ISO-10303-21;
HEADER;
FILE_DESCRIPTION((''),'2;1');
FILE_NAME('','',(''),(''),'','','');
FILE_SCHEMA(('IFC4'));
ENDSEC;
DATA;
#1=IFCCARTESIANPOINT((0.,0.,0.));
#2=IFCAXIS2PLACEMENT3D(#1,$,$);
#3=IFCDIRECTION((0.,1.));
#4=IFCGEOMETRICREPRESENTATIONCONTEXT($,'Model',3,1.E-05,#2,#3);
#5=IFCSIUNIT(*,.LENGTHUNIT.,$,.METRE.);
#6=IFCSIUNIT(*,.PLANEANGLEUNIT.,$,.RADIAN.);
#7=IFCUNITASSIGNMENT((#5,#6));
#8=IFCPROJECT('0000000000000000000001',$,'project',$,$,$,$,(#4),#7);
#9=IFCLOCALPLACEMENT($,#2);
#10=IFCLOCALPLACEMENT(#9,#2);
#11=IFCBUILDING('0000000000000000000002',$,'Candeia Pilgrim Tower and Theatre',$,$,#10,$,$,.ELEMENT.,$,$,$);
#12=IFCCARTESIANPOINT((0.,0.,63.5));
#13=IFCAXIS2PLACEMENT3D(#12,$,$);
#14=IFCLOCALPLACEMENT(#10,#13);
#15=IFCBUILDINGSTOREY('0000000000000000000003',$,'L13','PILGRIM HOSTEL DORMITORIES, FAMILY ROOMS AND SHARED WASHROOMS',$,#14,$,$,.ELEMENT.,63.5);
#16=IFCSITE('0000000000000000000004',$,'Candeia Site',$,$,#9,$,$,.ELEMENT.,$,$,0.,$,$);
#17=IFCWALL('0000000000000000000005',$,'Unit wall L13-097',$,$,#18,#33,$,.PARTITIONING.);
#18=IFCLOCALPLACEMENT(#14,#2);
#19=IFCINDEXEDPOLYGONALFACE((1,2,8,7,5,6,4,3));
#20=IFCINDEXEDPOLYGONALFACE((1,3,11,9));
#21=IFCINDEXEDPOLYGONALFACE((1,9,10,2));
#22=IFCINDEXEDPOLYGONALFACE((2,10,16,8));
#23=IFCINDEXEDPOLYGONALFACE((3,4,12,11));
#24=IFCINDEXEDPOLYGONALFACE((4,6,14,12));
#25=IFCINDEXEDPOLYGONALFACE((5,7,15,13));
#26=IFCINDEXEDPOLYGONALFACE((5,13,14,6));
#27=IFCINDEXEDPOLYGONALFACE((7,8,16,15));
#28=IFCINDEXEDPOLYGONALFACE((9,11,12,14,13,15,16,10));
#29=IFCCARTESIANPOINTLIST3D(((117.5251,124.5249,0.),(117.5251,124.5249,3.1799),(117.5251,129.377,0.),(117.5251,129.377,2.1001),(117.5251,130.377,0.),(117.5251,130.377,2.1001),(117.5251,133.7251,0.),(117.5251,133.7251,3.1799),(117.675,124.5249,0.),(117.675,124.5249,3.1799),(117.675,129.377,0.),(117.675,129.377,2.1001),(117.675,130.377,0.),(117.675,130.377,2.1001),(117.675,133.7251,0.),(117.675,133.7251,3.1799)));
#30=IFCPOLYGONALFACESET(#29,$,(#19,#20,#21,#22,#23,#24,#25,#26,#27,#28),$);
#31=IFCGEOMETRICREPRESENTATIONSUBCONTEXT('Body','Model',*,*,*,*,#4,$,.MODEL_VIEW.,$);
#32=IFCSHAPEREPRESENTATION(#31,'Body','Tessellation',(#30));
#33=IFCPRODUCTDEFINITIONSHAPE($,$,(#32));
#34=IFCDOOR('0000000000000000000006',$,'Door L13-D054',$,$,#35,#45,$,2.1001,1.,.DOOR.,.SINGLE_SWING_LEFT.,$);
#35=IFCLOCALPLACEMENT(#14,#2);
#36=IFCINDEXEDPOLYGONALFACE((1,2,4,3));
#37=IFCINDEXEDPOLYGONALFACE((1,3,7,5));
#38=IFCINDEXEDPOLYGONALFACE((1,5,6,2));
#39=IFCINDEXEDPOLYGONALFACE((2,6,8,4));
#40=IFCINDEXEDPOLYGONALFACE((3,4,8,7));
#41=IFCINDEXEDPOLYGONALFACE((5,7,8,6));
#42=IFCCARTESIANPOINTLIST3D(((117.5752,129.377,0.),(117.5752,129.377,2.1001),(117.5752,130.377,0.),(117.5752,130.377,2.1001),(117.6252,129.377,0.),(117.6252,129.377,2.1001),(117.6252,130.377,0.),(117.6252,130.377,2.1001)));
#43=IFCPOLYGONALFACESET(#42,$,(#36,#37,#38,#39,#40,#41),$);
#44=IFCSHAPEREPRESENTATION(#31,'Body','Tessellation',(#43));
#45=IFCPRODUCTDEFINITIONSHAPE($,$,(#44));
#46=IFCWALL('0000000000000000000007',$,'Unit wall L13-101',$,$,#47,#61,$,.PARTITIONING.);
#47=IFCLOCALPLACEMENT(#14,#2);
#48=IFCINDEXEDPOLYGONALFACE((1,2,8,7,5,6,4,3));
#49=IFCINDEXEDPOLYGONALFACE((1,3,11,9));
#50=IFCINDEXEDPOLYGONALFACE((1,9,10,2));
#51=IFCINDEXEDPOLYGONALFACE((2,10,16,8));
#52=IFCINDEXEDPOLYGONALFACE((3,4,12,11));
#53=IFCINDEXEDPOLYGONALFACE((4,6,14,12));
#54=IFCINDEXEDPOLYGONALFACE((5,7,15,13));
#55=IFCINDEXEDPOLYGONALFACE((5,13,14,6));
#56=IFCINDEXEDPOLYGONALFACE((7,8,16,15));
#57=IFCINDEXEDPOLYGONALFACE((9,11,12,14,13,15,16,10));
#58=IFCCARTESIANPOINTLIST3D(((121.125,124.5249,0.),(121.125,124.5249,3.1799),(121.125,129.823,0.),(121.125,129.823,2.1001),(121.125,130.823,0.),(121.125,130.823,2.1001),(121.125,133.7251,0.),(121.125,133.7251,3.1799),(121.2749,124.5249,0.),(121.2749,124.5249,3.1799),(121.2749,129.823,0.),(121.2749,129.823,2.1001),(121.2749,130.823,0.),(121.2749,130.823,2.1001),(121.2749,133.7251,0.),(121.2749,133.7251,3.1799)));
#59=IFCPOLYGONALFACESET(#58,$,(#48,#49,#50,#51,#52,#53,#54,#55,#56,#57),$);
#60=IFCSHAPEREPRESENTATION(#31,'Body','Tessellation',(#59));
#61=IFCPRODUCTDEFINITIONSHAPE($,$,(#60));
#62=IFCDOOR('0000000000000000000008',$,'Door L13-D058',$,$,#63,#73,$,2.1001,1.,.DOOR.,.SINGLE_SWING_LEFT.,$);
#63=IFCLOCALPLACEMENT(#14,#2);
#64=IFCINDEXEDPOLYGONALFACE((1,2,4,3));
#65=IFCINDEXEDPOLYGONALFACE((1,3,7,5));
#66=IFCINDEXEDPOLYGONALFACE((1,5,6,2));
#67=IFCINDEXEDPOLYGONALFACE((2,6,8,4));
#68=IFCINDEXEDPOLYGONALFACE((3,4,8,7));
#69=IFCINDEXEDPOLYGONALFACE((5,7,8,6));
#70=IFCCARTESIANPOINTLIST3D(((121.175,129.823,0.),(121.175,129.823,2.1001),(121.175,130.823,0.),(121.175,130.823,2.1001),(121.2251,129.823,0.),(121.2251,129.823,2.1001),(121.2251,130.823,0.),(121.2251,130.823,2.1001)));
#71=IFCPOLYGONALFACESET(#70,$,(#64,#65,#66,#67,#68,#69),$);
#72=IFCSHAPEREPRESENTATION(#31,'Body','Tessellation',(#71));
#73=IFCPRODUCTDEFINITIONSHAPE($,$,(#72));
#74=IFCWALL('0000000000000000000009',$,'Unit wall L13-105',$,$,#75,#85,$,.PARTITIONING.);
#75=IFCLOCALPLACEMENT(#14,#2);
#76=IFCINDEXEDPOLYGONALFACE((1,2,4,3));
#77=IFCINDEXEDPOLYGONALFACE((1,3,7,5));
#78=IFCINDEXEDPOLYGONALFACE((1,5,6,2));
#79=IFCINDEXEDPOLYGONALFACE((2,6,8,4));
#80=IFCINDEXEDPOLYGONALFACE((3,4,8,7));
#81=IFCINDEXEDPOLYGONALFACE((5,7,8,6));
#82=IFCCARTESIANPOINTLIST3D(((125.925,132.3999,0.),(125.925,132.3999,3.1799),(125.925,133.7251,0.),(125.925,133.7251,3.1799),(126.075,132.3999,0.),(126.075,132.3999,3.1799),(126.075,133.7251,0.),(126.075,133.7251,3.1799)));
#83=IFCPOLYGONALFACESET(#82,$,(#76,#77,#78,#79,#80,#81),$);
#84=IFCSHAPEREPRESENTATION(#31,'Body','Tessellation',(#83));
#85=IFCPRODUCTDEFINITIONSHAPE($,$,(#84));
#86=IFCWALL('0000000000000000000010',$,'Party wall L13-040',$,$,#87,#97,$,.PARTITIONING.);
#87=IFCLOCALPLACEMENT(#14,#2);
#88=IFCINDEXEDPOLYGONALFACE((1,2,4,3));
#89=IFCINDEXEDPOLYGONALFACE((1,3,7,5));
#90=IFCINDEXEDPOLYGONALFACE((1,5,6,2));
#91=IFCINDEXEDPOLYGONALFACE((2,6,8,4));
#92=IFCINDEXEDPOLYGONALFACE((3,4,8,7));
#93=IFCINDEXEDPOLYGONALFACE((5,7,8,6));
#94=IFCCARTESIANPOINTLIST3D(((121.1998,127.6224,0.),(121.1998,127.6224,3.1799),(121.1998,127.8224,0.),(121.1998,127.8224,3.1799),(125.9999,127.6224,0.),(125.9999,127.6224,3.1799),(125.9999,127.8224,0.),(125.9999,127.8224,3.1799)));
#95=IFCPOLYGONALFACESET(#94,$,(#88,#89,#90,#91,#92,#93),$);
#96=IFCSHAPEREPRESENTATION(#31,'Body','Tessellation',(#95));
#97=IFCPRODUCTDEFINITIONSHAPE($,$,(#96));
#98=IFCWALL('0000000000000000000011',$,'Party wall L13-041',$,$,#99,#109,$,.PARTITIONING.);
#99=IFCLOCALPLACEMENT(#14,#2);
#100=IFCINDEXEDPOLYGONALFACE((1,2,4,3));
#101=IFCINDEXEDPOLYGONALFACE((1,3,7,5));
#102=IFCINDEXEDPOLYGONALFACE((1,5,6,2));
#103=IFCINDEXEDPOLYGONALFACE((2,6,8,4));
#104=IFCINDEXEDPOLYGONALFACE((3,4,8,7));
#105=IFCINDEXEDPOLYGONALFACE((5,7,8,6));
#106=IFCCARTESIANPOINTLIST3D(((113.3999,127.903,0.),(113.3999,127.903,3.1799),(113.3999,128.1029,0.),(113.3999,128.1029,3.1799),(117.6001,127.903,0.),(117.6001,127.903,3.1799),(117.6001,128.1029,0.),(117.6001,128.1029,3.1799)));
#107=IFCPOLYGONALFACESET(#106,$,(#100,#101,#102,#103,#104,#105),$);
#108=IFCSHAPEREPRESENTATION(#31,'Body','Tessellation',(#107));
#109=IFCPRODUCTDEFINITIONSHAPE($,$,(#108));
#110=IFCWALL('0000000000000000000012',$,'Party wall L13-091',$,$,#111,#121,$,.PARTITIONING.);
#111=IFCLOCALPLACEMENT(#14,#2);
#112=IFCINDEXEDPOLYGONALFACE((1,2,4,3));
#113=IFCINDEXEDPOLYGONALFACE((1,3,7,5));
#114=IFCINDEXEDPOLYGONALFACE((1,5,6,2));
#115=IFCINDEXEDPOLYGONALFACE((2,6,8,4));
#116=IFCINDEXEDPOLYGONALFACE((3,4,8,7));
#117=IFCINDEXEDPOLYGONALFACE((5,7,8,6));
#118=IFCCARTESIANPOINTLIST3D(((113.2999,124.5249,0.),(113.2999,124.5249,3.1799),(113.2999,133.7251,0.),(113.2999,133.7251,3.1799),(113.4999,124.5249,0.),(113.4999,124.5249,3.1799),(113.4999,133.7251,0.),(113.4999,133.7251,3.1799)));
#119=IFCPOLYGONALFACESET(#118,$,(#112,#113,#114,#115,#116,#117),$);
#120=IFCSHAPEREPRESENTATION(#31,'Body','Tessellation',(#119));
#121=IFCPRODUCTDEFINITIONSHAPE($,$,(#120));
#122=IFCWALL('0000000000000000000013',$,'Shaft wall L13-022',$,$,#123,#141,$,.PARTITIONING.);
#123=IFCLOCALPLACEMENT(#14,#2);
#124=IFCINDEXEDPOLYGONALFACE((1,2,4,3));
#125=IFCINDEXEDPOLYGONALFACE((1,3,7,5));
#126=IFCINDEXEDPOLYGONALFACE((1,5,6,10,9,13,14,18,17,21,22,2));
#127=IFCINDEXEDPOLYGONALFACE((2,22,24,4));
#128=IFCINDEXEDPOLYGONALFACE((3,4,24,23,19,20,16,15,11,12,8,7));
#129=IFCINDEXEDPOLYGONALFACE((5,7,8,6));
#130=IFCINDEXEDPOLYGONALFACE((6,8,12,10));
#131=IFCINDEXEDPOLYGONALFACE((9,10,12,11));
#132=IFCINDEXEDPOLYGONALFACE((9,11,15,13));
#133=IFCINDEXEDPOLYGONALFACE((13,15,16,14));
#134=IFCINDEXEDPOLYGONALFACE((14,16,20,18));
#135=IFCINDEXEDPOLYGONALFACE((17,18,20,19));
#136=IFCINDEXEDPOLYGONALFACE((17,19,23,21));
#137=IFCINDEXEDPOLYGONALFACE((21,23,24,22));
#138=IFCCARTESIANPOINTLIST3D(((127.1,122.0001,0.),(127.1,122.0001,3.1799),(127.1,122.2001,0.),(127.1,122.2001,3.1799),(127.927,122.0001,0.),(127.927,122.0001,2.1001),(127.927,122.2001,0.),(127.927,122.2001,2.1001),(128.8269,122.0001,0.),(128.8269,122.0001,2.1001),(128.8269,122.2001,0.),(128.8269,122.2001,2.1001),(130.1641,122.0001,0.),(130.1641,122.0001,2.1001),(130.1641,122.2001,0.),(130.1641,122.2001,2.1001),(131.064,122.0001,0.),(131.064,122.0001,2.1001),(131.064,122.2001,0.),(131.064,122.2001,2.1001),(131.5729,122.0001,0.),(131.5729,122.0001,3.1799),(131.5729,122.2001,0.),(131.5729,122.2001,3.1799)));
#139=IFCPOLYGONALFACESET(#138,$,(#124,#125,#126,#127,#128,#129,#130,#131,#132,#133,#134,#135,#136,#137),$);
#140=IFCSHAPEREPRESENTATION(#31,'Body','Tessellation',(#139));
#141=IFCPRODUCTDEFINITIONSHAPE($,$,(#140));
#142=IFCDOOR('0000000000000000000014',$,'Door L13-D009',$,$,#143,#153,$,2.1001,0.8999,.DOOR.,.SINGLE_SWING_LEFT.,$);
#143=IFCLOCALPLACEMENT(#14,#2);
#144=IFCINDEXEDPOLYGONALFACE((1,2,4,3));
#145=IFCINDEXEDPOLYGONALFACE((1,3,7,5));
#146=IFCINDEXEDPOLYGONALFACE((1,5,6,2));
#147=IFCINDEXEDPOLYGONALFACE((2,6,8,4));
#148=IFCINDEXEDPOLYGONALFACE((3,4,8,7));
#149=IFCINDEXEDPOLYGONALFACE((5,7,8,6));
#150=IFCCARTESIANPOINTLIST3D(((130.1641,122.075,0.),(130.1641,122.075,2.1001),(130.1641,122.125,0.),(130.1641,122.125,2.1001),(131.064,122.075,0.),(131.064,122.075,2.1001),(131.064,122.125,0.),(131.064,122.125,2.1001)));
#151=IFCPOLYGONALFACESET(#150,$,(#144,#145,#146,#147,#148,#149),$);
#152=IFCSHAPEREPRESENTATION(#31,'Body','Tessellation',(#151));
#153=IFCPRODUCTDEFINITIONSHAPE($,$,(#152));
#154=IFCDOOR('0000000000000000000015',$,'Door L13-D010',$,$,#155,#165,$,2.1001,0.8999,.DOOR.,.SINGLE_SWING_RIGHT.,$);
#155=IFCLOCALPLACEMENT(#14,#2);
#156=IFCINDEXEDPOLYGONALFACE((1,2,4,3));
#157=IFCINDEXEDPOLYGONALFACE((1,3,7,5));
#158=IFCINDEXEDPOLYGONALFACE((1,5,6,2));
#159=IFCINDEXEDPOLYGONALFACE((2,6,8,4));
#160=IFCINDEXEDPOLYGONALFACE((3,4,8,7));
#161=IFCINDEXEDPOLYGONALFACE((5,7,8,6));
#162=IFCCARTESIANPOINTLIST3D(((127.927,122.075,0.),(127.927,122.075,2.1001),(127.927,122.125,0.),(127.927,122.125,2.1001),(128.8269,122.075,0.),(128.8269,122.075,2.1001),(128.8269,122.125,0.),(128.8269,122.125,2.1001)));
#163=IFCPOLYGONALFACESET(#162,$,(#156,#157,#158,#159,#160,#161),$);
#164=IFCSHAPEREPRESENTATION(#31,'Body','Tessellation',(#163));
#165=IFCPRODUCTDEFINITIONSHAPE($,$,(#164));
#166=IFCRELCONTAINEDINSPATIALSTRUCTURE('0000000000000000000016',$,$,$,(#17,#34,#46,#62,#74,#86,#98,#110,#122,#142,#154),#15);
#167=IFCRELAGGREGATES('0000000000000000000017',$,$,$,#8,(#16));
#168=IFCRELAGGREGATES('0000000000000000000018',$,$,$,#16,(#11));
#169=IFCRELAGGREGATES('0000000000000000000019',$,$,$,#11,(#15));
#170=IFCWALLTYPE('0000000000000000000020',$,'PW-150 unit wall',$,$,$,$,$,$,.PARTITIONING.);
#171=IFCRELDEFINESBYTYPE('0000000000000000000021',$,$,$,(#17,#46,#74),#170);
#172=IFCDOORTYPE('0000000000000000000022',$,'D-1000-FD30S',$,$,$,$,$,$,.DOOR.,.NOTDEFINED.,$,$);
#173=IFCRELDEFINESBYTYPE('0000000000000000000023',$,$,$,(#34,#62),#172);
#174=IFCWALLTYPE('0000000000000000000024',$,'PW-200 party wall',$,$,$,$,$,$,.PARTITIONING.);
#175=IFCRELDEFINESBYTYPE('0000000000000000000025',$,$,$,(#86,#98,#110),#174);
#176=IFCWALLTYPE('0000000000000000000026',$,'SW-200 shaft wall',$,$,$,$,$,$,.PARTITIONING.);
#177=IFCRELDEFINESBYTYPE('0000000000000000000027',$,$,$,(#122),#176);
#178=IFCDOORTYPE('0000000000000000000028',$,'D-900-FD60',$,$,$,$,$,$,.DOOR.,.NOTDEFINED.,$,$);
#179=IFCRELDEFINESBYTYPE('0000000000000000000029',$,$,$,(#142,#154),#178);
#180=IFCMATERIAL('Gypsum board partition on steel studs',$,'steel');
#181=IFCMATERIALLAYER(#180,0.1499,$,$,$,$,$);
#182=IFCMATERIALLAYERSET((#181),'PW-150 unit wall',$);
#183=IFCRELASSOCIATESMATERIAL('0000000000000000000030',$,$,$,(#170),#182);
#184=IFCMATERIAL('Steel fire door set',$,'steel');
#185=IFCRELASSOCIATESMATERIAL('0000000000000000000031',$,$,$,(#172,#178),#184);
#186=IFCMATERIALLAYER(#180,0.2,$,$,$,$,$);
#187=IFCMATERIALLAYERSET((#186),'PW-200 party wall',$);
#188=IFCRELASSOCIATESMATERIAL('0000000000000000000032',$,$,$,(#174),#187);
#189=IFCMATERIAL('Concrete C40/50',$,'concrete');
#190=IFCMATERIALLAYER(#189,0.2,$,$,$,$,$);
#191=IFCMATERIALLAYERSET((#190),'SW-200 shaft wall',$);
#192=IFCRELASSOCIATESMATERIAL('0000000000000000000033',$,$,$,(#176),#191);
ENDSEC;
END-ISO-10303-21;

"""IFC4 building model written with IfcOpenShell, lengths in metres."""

from ifc_helpers import new_model, si_unit, direction, frame, frame_2d, origin, place, context, subcontext, project, spatial, rectangle, extrude, material, layer, layer_set, type_object, element, fill, save


model = new_model("IFC4")

# Units and contexts
model_context = context("Model", 3, precision=1e-05, world=origin(), true_north=direction((0.0, 1.0)))
body_context = subcontext(model_context, "Body", "Model", "MODEL_VIEW")
ifc_project = project(units=[si_unit("LENGTHUNIT", "METRE"), si_unit("PLANEANGLEUNIT", "RADIAN")], contexts=[model_context])

# Site, building, storey
site_placement = place(None, origin())
site = spatial("IfcSite", under=ifc_project, at=site_placement, Name="Candeia Site", CompositionType="ELEMENT", RefElevation=0.0)
building_placement = place(site_placement, origin())
building = spatial("IfcBuilding", under=site, at=building_placement, Name="Candeia Pilgrim Tower and Theatre", CompositionType="ELEMENT")
storey_placement = place(building_placement, frame((0.0, 0.0, 63.5)))
storey = spatial("IfcBuildingStorey", under=building, at=storey_placement, Name="L13", Description="PILGRIM HOSTEL DORMITORIES, FAMILY ROOMS AND SHARED WASHROOMS", CompositionType="ELEMENT", Elevation=63.5)

# Shared definitions
ifc_material_1 = material(Name="Steel fire door set", Category="steel")
ifc_material_2 = material(Name="Gypsum board partition on steel studs", Category="steel")

# Shared definitions
ifc_layer_1 = layer(ifc_material_2, 0.1499)
ifc_layer_set_1 = layer_set([ifc_layer_1], Name="PW-150 unit wall")
wall_type_1 = type_object("IfcWallType", Name="PW-150 unit wall", PredefinedType="PARTITIONING", material=ifc_layer_set_1)

# Walls, openings, doors
door_type_1 = type_object("IfcDoorType", Name="D-1000-FD30S", OperationType="NOTDEFINED", PredefinedType="DOOR", material=ifc_material_1)
wall_1_placement = place(storey_placement, frame((117.6001, 124.5249, 0.0), z_axis=(0.0, 0.0, 1.0), x_axis=(0.0, 1.0, 0.0)))
wall_1 = element("IfcWall", 1, at=wall_1_placement, inside=storey, type_object=wall_type_1, Name="Unit wall L13-097", PredefinedType="PARTITIONING", context=body_context, shape_type="SweptSolid", body=[
    extrude(rectangle(XDim=9.2002, YDim=0.1499, at=frame_2d((4.6001, 0.0))), origin(), (0.0, 0.0, 1.0), 3.1799),
])
opening_1_placement = place(wall_1_placement, frame((4.8521, 0.0, 0.0)))
opening_1 = element("IfcOpeningElement", 2, at=opening_1_placement, cuts=wall_1, PredefinedType="OPENING", context=body_context, shape_type="SweptSolid", body=[
    extrude(rectangle(XDim=1.0, YDim=2.1001, at=frame_2d((0.5, 1.05))), frame((0.0, 0.085, 0.0), z_axis=(0.0, -1.0, 0.0), x_axis=(1.0, 0.0, 0.0)), (0.0, 0.0, 1.0), 0.1699),
])
door_1_placement = place(opening_1_placement, origin())
door_1 = element("IfcDoor", 3, at=door_1_placement, inside=storey, type_object=door_type_1, Name="Door L13-D054", OperationType="SINGLE_SWING_LEFT", OverallHeight=2.1001, OverallWidth=1.0, PredefinedType="DOOR", context=body_context, shape_type="SweptSolid", body=[
    extrude(rectangle(XDim=1.0, YDim=2.1001, at=frame_2d((0.5, 1.05))), frame((0.0, 0.0249, 0.0), z_axis=(0.0, -1.0, 0.0), x_axis=(1.0, 0.0, 0.0)), (0.0, 0.0, 1.0), 0.05),
])
fill(opening_1, door_1)
wall_2_placement = place(storey_placement, frame((121.2, 124.5249, 0.0), z_axis=(0.0, 0.0, 1.0), x_axis=(0.0, 1.0, 0.0)))
wall_2 = element("IfcWall", 4, at=wall_2_placement, inside=storey, type_object=wall_type_1, Name="Unit wall L13-101", PredefinedType="PARTITIONING", context=body_context, shape_type="SweptSolid", body=[
    extrude(rectangle(XDim=9.2002, YDim=0.1499, at=frame_2d((4.6001, 0.0))), origin(), (0.0, 0.0, 1.0), 3.1799),
])
opening_2_placement = place(wall_2_placement, frame((5.2981, 0.0, 0.0)))
opening_2 = element("IfcOpeningElement", 5, at=opening_2_placement, cuts=wall_2, PredefinedType="OPENING", context=body_context, shape_type="SweptSolid", body=[
    extrude(rectangle(XDim=1.0, YDim=2.1001, at=frame_2d((0.5, 1.05))), frame((0.0, 0.085, 0.0), z_axis=(0.0, -1.0, 0.0), x_axis=(1.0, 0.0, 0.0)), (0.0, 0.0, 1.0), 0.1699),
])
door_2_placement = place(opening_2_placement, origin())
door_2 = element("IfcDoor", 6, at=door_2_placement, inside=storey, type_object=door_type_1, Name="Door L13-D058", OperationType="SINGLE_SWING_LEFT", OverallHeight=2.1001, OverallWidth=1.0, PredefinedType="DOOR", context=body_context, shape_type="SweptSolid", body=[
    extrude(rectangle(XDim=1.0, YDim=2.1001, at=frame_2d((0.5, 1.05))), frame((0.0, 0.0249, 0.0), z_axis=(0.0, -1.0, 0.0), x_axis=(1.0, 0.0, 0.0)), (0.0, 0.0, 1.0), 0.05),
])
fill(opening_2, door_2)

# Walls
wall_3_placement = place(storey_placement, frame((126.0, 132.3999, 0.0), z_axis=(0.0, 0.0, 1.0), x_axis=(0.0, 1.0, 0.0)))
element("IfcWall", 7, at=wall_3_placement, inside=storey, type_object=wall_type_1, Name="Unit wall L13-105", PredefinedType="PARTITIONING", context=body_context, shape_type="SweptSolid", body=[
    extrude(rectangle(XDim=1.3252, YDim=0.1499, at=frame_2d((0.6626, 0.0))), origin(), (0.0, 0.0, 1.0), 3.1799),
])
ifc_layer_2 = layer(ifc_material_2, 0.2)
ifc_layer_set_2 = layer_set([ifc_layer_2], Name="PW-200 party wall")
wall_type_2 = type_object("IfcWallType", Name="PW-200 party wall", PredefinedType="PARTITIONING", material=ifc_layer_set_2)
wall_4_placement = place(storey_placement, frame((121.2, 127.7224, 0.0), z_axis=(0.0, 0.0, 1.0), x_axis=(1.0, 0.0, 0.0)))
element("IfcWall", 8, at=wall_4_placement, inside=storey, type_object=wall_type_2, Name="Party wall L13-040", PredefinedType="PARTITIONING", context=body_context, shape_type="SweptSolid", body=[
    extrude(rectangle(XDim=4.8, YDim=0.2, at=frame_2d((2.3999, 0.0))), origin(), (0.0, 0.0, 1.0), 3.1799),
])
wall_5_placement = place(storey_placement, frame((113.3999, 128.0029, 0.0), z_axis=(0.0, 0.0, 1.0), x_axis=(1.0, 0.0, 0.0)))
element("IfcWall", 9, at=wall_5_placement, inside=storey, type_object=wall_type_2, Name="Party wall L13-041", PredefinedType="PARTITIONING", context=body_context, shape_type="SweptSolid", body=[
    extrude(rectangle(XDim=4.2002, YDim=0.2, at=frame_2d((2.1001, 0.0))), origin(), (0.0, 0.0, 1.0), 3.1799),
])
wall_6_placement = place(storey_placement, frame((113.3999, 124.5249, 0.0), z_axis=(0.0, 0.0, 1.0), x_axis=(0.0, 1.0, 0.0)))
element("IfcWall", 10, at=wall_6_placement, inside=storey, type_object=wall_type_2, Name="Party wall L13-091", PredefinedType="PARTITIONING", context=body_context, shape_type="SweptSolid", body=[
    extrude(rectangle(XDim=9.2002, YDim=0.2, at=frame_2d((4.6001, 0.0))), origin(), (0.0, 0.0, 1.0), 3.1799),
])

# Wall, openings, doors
ifc_material_3 = material(Name="Concrete C40/50", Category="concrete")
ifc_layer_3 = layer(ifc_material_3, 0.2)
ifc_layer_set_3 = layer_set([ifc_layer_3], Name="SW-200 shaft wall")
wall_type_3 = type_object("IfcWallType", Name="SW-200 shaft wall", PredefinedType="PARTITIONING", material=ifc_layer_set_3)
wall_7_placement = place(storey_placement, frame((127.1001, 122.1001, 0.0), z_axis=(0.0, 0.0, 1.0), x_axis=(1.0, 0.0, 0.0)))
wall_7 = element("IfcWall", 11, at=wall_7_placement, inside=storey, type_object=wall_type_3, Name="Shaft wall L13-022", PredefinedType="PARTITIONING", context=body_context, shape_type="SweptSolid", body=[
    extrude(rectangle(XDim=4.4729, YDim=0.2, at=frame_2d((2.2363, 0.0))), origin(), (0.0, 0.0, 1.0), 3.1799),
])
opening_3_placement = place(wall_7_placement, frame((3.064, 0.0, 0.0)))
opening_3 = element("IfcOpeningElement", 12, at=opening_3_placement, cuts=wall_7, PredefinedType="OPENING", context=body_context, shape_type="SweptSolid", body=[
    extrude(rectangle(XDim=0.8999, YDim=2.1001, at=frame_2d((0.45, 1.05))), frame((0.0, 0.1099, 0.0), z_axis=(0.0, -1.0, 0.0), x_axis=(1.0, 0.0, 0.0)), (0.0, 0.0, 1.0), 0.22),
])
opening_4_placement = place(wall_7_placement, frame((0.8269, 0.0, 0.0)))
opening_4 = element("IfcOpeningElement", 13, at=opening_4_placement, cuts=wall_7, PredefinedType="OPENING", context=body_context, shape_type="SweptSolid", body=[
    extrude(rectangle(XDim=0.8999, YDim=2.1001, at=frame_2d((0.45, 1.05))), frame((0.0, 0.1099, 0.0), z_axis=(0.0, -1.0, 0.0), x_axis=(1.0, 0.0, 0.0)), (0.0, 0.0, 1.0), 0.22),
])
door_type_2 = type_object("IfcDoorType", Name="D-900-FD60", OperationType="NOTDEFINED", PredefinedType="DOOR", material=ifc_material_1)
door_3_placement = place(opening_3_placement, origin())
door_3 = element("IfcDoor", 14, at=door_3_placement, inside=storey, type_object=door_type_2, Name="Door L13-D009", OperationType="SINGLE_SWING_LEFT", OverallHeight=2.1001, OverallWidth=0.8999, PredefinedType="DOOR", context=body_context, shape_type="SweptSolid", body=[
    extrude(rectangle(XDim=0.8999, YDim=2.1001, at=frame_2d((0.45, 1.05))), frame((0.0, 0.0249, 0.0), z_axis=(0.0, -1.0, 0.0), x_axis=(1.0, 0.0, 0.0)), (0.0, 0.0, 1.0), 0.05),
])
fill(opening_3, door_3)
door_4_placement = place(opening_4_placement, origin())
door_4 = element("IfcDoor", 15, at=door_4_placement, inside=storey, type_object=door_type_2, Name="Door L13-D010", OperationType="SINGLE_SWING_RIGHT", OverallHeight=2.1001, OverallWidth=0.8999, PredefinedType="DOOR", context=body_context, shape_type="SweptSolid", body=[
    extrude(rectangle(XDim=0.8999, YDim=2.1001, at=frame_2d((0.45, 1.05))), frame((0.0, 0.0249, 0.0), z_axis=(0.0, -1.0, 0.0), x_axis=(1.0, 0.0, 0.0)), (0.0, 0.0, 1.0), 0.05),
])
fill(opening_4, door_4)

save(model, "model.ifc")
